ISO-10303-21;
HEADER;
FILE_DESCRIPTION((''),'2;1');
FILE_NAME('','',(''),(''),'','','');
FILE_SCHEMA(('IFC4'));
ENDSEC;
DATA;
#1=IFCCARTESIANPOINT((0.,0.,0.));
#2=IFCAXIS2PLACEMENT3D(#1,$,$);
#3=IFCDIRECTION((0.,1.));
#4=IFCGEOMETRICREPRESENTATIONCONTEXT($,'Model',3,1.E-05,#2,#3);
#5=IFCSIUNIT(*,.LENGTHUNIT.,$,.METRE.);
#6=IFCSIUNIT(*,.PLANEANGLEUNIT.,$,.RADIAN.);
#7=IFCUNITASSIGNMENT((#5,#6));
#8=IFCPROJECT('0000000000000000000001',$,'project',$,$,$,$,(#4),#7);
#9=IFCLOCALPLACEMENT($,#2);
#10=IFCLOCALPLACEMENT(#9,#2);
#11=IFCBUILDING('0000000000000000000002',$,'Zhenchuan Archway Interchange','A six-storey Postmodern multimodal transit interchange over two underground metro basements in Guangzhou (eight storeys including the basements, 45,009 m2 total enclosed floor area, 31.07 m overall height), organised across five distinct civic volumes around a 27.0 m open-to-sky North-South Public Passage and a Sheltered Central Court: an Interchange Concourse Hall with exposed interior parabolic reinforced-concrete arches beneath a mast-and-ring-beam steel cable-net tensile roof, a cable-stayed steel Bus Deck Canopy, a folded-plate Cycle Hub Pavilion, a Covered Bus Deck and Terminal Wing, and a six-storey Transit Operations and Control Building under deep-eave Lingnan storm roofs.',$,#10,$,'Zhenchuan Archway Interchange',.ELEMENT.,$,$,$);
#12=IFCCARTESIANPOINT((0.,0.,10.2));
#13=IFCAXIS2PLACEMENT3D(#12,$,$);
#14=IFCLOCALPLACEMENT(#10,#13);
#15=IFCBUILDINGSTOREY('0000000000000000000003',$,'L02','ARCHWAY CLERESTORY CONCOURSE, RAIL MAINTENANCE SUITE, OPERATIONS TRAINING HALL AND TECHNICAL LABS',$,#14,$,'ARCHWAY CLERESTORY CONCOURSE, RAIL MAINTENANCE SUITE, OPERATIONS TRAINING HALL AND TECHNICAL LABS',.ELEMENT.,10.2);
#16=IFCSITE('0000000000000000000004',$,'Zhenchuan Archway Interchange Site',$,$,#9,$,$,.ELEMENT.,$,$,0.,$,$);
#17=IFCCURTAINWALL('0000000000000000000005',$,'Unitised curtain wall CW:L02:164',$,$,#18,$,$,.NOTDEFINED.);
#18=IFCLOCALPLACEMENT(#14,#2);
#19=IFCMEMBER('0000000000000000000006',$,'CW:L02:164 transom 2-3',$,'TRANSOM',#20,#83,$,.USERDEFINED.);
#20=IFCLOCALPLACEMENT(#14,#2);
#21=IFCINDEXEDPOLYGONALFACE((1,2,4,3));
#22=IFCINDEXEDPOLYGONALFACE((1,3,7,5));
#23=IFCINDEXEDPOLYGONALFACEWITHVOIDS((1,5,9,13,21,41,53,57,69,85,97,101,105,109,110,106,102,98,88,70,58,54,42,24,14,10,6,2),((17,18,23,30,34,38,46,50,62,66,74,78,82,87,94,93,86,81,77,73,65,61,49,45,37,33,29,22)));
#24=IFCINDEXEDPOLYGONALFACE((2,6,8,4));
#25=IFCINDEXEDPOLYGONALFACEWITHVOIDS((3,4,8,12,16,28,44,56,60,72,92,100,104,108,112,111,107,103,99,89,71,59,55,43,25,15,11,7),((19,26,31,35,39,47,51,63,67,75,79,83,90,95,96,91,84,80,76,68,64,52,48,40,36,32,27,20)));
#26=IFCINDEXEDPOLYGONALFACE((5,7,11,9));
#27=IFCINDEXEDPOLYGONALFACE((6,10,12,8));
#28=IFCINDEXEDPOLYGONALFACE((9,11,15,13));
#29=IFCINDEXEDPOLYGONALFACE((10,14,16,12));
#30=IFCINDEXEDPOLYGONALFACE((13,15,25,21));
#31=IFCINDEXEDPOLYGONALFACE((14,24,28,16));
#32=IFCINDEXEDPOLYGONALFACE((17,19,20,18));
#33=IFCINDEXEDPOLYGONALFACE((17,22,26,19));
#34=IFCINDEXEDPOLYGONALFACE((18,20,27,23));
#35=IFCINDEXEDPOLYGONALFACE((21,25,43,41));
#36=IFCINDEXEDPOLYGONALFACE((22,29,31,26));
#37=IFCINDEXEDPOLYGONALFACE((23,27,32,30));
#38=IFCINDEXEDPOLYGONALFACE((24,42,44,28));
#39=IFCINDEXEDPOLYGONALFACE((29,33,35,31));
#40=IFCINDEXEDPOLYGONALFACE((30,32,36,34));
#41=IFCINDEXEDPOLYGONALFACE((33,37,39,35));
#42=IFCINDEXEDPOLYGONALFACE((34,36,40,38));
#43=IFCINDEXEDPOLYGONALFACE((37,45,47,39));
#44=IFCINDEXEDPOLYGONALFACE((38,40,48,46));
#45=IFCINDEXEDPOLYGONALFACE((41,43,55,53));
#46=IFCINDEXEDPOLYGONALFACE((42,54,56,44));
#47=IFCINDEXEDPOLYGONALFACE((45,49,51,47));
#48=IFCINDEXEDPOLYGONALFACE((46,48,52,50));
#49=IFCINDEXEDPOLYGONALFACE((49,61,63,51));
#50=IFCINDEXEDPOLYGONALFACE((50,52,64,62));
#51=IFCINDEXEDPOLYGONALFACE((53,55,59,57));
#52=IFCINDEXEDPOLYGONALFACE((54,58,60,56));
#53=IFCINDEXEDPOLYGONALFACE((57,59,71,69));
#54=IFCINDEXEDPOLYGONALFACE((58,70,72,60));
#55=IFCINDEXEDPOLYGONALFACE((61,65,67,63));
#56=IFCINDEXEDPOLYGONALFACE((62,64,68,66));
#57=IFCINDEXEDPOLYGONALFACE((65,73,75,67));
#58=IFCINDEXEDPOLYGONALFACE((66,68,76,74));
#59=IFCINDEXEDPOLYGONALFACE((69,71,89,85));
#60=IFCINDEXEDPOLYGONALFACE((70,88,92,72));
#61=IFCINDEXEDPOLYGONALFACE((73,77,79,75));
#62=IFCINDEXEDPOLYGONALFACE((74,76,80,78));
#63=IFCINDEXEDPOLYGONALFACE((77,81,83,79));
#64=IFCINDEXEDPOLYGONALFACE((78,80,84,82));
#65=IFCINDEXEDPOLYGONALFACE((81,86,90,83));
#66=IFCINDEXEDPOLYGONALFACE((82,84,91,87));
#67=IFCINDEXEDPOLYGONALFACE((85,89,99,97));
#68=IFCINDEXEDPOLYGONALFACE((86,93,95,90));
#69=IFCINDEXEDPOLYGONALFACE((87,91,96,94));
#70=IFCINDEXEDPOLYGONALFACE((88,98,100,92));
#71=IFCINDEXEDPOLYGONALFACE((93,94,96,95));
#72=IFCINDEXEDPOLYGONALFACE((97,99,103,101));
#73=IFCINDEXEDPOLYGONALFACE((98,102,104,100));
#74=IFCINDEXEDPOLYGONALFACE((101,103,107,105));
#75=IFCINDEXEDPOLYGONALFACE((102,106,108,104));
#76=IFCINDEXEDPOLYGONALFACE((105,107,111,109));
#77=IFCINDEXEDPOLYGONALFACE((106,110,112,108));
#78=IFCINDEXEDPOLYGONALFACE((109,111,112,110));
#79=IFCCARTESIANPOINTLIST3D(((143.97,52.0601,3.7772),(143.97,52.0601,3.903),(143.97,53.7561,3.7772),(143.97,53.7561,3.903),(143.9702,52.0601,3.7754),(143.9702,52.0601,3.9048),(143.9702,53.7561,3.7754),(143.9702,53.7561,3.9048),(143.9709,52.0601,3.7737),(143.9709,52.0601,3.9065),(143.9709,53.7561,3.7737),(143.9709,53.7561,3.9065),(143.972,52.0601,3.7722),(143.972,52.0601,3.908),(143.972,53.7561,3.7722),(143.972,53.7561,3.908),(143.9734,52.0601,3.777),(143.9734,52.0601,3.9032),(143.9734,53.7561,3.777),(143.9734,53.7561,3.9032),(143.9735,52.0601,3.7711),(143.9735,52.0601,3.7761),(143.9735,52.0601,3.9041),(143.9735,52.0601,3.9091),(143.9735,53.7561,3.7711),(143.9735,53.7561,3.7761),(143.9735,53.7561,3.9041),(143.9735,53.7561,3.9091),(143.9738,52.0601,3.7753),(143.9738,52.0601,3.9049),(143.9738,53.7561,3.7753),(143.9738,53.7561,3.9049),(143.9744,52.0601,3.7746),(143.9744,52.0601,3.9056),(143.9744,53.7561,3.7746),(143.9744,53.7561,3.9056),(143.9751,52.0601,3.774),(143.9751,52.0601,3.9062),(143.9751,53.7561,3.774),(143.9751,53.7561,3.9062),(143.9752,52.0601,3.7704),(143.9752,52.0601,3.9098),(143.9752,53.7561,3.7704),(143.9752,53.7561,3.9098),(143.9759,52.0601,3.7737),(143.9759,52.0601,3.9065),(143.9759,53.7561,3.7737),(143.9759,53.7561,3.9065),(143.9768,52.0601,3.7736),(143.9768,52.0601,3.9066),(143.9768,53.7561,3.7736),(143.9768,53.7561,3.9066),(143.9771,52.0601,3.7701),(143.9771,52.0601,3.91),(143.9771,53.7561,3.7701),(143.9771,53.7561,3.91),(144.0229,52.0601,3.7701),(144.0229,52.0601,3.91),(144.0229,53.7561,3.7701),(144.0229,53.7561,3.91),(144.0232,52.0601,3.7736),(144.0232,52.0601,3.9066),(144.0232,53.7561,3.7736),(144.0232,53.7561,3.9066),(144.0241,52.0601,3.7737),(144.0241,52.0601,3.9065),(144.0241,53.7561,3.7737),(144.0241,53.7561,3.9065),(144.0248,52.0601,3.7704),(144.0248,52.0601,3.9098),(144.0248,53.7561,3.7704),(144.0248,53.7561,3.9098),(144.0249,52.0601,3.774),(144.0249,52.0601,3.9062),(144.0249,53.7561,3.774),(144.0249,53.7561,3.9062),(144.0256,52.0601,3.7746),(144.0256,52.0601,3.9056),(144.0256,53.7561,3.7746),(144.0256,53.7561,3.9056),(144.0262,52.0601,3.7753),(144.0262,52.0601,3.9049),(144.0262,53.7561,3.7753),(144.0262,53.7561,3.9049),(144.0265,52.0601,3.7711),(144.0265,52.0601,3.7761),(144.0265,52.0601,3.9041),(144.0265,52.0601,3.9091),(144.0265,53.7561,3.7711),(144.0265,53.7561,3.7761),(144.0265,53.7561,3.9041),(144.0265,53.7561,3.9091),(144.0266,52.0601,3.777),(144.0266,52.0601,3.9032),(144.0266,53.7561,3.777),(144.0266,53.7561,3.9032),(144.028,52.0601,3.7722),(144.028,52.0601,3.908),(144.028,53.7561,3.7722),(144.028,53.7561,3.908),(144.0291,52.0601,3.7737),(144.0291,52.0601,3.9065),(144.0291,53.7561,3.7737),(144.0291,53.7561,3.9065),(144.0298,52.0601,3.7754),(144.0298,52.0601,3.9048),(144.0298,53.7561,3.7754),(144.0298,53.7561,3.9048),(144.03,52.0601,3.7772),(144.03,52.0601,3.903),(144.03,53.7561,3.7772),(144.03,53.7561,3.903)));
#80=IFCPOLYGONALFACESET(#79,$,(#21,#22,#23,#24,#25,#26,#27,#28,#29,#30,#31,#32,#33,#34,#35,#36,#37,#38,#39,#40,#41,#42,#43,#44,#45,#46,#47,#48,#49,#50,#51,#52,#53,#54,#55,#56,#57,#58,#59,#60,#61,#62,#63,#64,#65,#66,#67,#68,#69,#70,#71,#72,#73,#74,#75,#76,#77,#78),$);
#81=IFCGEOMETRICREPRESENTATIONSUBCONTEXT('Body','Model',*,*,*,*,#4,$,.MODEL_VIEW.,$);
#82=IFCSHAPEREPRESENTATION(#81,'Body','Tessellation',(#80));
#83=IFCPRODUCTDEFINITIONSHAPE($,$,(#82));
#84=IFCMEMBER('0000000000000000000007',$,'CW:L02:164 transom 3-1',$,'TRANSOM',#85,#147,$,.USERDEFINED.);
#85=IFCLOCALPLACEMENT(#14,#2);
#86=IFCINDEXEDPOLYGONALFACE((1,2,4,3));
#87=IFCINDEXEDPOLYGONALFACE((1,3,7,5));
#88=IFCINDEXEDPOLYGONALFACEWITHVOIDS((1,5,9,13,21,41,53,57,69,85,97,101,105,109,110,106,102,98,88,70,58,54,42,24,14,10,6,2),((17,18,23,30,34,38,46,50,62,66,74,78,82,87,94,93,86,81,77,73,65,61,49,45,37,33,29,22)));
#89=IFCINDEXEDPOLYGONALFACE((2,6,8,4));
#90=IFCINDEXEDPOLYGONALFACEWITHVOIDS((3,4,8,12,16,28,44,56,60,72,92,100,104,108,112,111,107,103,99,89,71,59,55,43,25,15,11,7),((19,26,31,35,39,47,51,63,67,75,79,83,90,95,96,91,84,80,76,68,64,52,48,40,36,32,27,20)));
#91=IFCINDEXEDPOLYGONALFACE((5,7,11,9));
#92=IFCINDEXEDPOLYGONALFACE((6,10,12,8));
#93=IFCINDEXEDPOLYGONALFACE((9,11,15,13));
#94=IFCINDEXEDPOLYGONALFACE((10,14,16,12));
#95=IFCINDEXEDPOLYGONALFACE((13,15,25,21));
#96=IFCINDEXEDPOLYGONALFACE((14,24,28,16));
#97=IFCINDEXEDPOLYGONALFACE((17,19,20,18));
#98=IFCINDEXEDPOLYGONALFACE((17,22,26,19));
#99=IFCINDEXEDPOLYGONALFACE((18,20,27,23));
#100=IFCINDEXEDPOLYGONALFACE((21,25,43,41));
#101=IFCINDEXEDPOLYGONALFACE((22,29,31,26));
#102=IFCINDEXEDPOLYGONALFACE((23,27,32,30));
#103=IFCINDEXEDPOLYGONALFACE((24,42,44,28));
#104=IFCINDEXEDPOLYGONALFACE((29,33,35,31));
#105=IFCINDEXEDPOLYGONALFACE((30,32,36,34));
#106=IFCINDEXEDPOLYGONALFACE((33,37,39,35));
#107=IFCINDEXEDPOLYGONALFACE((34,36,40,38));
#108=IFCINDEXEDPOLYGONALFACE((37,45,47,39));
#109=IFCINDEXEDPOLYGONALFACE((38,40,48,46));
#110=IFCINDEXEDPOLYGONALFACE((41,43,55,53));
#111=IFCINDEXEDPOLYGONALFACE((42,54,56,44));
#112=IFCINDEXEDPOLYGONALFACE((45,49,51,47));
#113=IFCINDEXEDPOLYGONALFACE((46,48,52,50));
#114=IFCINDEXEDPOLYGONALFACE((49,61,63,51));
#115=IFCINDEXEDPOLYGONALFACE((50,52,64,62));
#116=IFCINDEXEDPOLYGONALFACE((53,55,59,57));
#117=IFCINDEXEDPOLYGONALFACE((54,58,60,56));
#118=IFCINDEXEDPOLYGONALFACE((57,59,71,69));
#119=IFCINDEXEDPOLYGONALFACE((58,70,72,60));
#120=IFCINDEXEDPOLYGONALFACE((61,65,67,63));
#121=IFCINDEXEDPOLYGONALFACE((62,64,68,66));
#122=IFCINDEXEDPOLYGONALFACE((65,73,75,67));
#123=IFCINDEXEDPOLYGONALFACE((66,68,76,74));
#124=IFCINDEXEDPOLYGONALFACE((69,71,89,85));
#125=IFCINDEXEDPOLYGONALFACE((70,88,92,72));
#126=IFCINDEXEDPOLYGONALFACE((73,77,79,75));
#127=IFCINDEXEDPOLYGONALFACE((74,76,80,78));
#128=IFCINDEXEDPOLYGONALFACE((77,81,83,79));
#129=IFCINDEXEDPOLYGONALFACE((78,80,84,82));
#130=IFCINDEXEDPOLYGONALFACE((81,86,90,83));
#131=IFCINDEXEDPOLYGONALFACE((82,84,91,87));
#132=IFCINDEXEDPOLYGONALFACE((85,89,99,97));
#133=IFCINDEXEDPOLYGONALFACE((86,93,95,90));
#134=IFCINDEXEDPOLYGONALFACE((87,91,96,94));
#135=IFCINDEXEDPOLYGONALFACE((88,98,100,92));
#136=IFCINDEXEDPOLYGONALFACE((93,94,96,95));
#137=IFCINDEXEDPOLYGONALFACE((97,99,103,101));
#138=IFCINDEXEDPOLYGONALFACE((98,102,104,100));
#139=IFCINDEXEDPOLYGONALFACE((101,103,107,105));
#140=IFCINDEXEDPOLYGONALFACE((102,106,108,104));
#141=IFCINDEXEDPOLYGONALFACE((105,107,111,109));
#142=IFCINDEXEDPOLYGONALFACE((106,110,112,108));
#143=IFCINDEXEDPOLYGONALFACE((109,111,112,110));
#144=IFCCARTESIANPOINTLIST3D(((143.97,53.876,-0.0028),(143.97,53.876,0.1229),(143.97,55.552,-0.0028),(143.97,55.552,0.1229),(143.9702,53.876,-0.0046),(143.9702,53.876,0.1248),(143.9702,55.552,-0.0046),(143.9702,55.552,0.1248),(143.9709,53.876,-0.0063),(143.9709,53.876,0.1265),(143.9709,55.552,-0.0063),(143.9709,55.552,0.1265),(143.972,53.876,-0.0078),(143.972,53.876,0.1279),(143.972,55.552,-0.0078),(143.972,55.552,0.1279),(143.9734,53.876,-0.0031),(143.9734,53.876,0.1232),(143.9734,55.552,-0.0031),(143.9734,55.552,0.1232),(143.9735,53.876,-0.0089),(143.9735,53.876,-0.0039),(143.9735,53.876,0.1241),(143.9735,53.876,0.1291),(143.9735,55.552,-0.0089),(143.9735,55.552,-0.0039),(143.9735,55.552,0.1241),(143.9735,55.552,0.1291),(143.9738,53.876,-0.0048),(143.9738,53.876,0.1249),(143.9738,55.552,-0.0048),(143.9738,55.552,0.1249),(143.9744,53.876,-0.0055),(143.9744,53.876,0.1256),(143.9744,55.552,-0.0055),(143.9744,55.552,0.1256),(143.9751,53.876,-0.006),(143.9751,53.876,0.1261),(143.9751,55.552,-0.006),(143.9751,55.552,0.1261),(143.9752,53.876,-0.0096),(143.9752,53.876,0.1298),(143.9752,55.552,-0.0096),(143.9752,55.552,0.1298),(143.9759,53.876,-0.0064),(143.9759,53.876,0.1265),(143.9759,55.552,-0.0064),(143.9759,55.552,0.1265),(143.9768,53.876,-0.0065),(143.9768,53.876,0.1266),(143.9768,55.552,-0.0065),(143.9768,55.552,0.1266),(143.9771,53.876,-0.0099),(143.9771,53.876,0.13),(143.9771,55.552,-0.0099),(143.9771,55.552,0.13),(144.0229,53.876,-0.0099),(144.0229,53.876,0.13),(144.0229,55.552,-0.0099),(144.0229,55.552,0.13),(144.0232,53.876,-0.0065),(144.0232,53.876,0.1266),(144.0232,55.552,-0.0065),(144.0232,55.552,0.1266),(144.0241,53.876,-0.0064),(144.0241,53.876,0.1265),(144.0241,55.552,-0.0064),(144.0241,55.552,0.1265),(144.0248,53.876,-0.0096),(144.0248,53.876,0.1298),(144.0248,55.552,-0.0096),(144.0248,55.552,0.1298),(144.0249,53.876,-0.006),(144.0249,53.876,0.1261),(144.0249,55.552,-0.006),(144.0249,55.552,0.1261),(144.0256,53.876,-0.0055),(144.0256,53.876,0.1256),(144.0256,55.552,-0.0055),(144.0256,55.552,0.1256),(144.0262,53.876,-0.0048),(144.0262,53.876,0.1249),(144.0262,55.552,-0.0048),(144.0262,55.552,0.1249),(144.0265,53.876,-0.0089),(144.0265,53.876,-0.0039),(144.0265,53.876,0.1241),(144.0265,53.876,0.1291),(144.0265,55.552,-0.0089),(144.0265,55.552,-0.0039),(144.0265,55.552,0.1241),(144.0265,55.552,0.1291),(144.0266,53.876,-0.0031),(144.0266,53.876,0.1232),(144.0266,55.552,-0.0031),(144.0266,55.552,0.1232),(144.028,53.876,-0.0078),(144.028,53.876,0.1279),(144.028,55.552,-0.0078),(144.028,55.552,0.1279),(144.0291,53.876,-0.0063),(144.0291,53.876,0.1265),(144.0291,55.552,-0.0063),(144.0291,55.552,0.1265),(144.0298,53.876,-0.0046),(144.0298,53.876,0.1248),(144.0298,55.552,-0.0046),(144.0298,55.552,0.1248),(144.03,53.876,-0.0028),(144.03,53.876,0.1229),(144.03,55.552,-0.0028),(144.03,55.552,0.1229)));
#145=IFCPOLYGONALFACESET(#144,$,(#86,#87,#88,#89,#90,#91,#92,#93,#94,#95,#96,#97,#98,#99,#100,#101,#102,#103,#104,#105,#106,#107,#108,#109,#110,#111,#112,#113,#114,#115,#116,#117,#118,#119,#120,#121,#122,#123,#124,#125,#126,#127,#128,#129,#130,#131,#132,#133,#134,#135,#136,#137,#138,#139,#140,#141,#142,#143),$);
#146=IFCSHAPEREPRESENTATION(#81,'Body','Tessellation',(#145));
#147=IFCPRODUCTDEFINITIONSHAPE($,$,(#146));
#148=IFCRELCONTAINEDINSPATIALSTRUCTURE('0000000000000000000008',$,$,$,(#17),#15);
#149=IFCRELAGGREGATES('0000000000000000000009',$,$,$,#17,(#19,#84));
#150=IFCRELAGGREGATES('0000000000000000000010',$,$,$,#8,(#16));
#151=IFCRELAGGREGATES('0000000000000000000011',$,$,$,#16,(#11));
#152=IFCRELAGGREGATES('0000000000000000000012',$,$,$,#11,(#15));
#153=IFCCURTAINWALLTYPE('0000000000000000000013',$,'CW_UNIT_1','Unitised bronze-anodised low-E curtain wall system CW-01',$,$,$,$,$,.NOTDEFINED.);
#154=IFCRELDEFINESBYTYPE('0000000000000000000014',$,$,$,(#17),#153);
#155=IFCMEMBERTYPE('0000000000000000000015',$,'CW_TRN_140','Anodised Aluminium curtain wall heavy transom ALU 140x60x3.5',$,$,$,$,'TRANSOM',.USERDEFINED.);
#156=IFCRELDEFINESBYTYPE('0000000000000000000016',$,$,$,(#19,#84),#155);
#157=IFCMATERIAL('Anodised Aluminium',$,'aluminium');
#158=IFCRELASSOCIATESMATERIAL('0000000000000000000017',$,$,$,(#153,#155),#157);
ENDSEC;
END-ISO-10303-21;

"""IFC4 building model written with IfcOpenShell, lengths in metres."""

from ifc_helpers import new_model, si_unit, direction, frame, origin, origin_2d, place, context, subcontext, project, spatial, hollow_rectangle, extrude, material, material_profile, profile_set, type_object, element, aggregate, save


model = new_model("IFC4")

# Units and contexts
model_context = context("Model", 3, precision=1e-05, world=origin(), true_north=direction((0.0, 1.0)))
body_context = subcontext(model_context, "Body", "Model", "MODEL_VIEW")
ifc_project = project(units=[si_unit("LENGTHUNIT", "METRE"), si_unit("PLANEANGLEUNIT", "RADIAN")], contexts=[model_context])

# Site, building, storey
site_placement = place(None, origin())
site = spatial("IfcSite", under=ifc_project, at=site_placement, Name="Zhenchuan Archway Interchange Site", CompositionType="ELEMENT", RefElevation=0.0)
building_placement = place(site_placement, origin())
building = spatial("IfcBuilding", under=site, at=building_placement, Name="Zhenchuan Archway Interchange", Description="A six-storey Postmodern multimodal transit interchange over two underground metro basements in Guangzhou (eight storeys including the basements, 45,009 m2 total enclosed floor area, 31.07 m overall height), organised across five distinct civic volumes around a 27.0 m open-to-sky North-South Public Passage and a Sheltered Central Court: an Interchange Concourse Hall with exposed interior parabolic reinforced-concrete arches beneath a mast-and-ring-beam steel cable-net tensile roof, a cable-stayed steel Bus Deck Canopy, a folded-plate Cycle Hub Pavilion, a Covered Bus Deck and Terminal Wing, and a six-storey Transit Operations and Control Building under deep-eave Lingnan storm roofs.", LongName="Zhenchuan Archway Interchange", CompositionType="ELEMENT")
storey_placement = place(building_placement, frame((0.0, 0.0, 10.2)))
storey = spatial("IfcBuildingStorey", under=building, at=storey_placement, Name="L02", Description="ARCHWAY CLERESTORY CONCOURSE, RAIL MAINTENANCE SUITE, OPERATIONS TRAINING HALL AND TECHNICAL LABS", LongName="ARCHWAY CLERESTORY CONCOURSE, RAIL MAINTENANCE SUITE, OPERATIONS TRAINING HALL AND TECHNICAL LABS", CompositionType="ELEMENT", Elevation=10.2)

# Curtain wall, members
ifc_material_1 = material(Name="Anodised Aluminium", Category="aluminium")
curtain_wall_type = type_object("IfcCurtainWallType", Name="CW_UNIT_1", Description="Unitised bronze-anodised low-E curtain wall system CW-01", PredefinedType="NOTDEFINED", material=ifc_material_1)
curtain_wall_placement = place(storey_placement, origin())
curtain_wall = element("IfcCurtainWall", 1, at=curtain_wall_placement, inside=storey, type_object=curtain_wall_type, Name="Unitised curtain wall CW:L02:164", PredefinedType="NOTDEFINED")
ifc_material_profile_1 = material_profile(ifc_material_1, hollow_rectangle(XDim=0.0601, YDim=0.1399, WallThickness=0.0034, InnerFilletRadius=0.0034, OuterFilletRadius=0.0071, at=origin_2d()), Name="ALU 140x60x3.5")
ifc_profile_set_1 = profile_set([ifc_material_profile_1], Name="Anodised Aluminium")
member_type_1 = type_object("IfcMemberType", Name="CW_TRN_140", Description="Anodised Aluminium curtain wall heavy transom ALU 140x60x3.5", ElementType="TRANSOM", PredefinedType="USERDEFINED", material=ifc_profile_set_1)
member_1_placement = place(storey_placement, frame((144.0, 52.0601, 3.8401), z_axis=(0.0, 1.0, 0.0), x_axis=(-1.0, 0.0, 0.0)))
member_1 = element("IfcMember", 2, at=member_1_placement, type_object=member_type_1, Name="CW:L02:164 transom 2-3", ObjectType="TRANSOM", PredefinedType="USERDEFINED", context=body_context, shape_type="SweptSolid", body=[
    extrude(hollow_rectangle(XDim=0.0601, YDim=0.1399, WallThickness=0.0034, InnerFilletRadius=0.0034, OuterFilletRadius=0.0071, at=origin_2d()), origin(), (0.0, 0.0, 1.0), 1.696),
])
member_2_placement = place(storey_placement, frame((144.0, 53.876, 0.0601), z_axis=(0.0, 1.0, 0.0), x_axis=(-1.0, 0.0, 0.0)))
member_2 = element("IfcMember", 3, at=member_2_placement, type_object=member_type_1, Name="CW:L02:164 transom 3-1", ObjectType="TRANSOM", PredefinedType="USERDEFINED", context=body_context, shape_type="SweptSolid", body=[
    extrude(hollow_rectangle(XDim=0.0601, YDim=0.1399, WallThickness=0.0034, InnerFilletRadius=0.0034, OuterFilletRadius=0.0071, at=origin_2d()), origin(), (0.0, 0.0, 1.0), 1.676),
])
aggregate(curtain_wall, [member_1, member_2])

save(model, "model.ifc")
